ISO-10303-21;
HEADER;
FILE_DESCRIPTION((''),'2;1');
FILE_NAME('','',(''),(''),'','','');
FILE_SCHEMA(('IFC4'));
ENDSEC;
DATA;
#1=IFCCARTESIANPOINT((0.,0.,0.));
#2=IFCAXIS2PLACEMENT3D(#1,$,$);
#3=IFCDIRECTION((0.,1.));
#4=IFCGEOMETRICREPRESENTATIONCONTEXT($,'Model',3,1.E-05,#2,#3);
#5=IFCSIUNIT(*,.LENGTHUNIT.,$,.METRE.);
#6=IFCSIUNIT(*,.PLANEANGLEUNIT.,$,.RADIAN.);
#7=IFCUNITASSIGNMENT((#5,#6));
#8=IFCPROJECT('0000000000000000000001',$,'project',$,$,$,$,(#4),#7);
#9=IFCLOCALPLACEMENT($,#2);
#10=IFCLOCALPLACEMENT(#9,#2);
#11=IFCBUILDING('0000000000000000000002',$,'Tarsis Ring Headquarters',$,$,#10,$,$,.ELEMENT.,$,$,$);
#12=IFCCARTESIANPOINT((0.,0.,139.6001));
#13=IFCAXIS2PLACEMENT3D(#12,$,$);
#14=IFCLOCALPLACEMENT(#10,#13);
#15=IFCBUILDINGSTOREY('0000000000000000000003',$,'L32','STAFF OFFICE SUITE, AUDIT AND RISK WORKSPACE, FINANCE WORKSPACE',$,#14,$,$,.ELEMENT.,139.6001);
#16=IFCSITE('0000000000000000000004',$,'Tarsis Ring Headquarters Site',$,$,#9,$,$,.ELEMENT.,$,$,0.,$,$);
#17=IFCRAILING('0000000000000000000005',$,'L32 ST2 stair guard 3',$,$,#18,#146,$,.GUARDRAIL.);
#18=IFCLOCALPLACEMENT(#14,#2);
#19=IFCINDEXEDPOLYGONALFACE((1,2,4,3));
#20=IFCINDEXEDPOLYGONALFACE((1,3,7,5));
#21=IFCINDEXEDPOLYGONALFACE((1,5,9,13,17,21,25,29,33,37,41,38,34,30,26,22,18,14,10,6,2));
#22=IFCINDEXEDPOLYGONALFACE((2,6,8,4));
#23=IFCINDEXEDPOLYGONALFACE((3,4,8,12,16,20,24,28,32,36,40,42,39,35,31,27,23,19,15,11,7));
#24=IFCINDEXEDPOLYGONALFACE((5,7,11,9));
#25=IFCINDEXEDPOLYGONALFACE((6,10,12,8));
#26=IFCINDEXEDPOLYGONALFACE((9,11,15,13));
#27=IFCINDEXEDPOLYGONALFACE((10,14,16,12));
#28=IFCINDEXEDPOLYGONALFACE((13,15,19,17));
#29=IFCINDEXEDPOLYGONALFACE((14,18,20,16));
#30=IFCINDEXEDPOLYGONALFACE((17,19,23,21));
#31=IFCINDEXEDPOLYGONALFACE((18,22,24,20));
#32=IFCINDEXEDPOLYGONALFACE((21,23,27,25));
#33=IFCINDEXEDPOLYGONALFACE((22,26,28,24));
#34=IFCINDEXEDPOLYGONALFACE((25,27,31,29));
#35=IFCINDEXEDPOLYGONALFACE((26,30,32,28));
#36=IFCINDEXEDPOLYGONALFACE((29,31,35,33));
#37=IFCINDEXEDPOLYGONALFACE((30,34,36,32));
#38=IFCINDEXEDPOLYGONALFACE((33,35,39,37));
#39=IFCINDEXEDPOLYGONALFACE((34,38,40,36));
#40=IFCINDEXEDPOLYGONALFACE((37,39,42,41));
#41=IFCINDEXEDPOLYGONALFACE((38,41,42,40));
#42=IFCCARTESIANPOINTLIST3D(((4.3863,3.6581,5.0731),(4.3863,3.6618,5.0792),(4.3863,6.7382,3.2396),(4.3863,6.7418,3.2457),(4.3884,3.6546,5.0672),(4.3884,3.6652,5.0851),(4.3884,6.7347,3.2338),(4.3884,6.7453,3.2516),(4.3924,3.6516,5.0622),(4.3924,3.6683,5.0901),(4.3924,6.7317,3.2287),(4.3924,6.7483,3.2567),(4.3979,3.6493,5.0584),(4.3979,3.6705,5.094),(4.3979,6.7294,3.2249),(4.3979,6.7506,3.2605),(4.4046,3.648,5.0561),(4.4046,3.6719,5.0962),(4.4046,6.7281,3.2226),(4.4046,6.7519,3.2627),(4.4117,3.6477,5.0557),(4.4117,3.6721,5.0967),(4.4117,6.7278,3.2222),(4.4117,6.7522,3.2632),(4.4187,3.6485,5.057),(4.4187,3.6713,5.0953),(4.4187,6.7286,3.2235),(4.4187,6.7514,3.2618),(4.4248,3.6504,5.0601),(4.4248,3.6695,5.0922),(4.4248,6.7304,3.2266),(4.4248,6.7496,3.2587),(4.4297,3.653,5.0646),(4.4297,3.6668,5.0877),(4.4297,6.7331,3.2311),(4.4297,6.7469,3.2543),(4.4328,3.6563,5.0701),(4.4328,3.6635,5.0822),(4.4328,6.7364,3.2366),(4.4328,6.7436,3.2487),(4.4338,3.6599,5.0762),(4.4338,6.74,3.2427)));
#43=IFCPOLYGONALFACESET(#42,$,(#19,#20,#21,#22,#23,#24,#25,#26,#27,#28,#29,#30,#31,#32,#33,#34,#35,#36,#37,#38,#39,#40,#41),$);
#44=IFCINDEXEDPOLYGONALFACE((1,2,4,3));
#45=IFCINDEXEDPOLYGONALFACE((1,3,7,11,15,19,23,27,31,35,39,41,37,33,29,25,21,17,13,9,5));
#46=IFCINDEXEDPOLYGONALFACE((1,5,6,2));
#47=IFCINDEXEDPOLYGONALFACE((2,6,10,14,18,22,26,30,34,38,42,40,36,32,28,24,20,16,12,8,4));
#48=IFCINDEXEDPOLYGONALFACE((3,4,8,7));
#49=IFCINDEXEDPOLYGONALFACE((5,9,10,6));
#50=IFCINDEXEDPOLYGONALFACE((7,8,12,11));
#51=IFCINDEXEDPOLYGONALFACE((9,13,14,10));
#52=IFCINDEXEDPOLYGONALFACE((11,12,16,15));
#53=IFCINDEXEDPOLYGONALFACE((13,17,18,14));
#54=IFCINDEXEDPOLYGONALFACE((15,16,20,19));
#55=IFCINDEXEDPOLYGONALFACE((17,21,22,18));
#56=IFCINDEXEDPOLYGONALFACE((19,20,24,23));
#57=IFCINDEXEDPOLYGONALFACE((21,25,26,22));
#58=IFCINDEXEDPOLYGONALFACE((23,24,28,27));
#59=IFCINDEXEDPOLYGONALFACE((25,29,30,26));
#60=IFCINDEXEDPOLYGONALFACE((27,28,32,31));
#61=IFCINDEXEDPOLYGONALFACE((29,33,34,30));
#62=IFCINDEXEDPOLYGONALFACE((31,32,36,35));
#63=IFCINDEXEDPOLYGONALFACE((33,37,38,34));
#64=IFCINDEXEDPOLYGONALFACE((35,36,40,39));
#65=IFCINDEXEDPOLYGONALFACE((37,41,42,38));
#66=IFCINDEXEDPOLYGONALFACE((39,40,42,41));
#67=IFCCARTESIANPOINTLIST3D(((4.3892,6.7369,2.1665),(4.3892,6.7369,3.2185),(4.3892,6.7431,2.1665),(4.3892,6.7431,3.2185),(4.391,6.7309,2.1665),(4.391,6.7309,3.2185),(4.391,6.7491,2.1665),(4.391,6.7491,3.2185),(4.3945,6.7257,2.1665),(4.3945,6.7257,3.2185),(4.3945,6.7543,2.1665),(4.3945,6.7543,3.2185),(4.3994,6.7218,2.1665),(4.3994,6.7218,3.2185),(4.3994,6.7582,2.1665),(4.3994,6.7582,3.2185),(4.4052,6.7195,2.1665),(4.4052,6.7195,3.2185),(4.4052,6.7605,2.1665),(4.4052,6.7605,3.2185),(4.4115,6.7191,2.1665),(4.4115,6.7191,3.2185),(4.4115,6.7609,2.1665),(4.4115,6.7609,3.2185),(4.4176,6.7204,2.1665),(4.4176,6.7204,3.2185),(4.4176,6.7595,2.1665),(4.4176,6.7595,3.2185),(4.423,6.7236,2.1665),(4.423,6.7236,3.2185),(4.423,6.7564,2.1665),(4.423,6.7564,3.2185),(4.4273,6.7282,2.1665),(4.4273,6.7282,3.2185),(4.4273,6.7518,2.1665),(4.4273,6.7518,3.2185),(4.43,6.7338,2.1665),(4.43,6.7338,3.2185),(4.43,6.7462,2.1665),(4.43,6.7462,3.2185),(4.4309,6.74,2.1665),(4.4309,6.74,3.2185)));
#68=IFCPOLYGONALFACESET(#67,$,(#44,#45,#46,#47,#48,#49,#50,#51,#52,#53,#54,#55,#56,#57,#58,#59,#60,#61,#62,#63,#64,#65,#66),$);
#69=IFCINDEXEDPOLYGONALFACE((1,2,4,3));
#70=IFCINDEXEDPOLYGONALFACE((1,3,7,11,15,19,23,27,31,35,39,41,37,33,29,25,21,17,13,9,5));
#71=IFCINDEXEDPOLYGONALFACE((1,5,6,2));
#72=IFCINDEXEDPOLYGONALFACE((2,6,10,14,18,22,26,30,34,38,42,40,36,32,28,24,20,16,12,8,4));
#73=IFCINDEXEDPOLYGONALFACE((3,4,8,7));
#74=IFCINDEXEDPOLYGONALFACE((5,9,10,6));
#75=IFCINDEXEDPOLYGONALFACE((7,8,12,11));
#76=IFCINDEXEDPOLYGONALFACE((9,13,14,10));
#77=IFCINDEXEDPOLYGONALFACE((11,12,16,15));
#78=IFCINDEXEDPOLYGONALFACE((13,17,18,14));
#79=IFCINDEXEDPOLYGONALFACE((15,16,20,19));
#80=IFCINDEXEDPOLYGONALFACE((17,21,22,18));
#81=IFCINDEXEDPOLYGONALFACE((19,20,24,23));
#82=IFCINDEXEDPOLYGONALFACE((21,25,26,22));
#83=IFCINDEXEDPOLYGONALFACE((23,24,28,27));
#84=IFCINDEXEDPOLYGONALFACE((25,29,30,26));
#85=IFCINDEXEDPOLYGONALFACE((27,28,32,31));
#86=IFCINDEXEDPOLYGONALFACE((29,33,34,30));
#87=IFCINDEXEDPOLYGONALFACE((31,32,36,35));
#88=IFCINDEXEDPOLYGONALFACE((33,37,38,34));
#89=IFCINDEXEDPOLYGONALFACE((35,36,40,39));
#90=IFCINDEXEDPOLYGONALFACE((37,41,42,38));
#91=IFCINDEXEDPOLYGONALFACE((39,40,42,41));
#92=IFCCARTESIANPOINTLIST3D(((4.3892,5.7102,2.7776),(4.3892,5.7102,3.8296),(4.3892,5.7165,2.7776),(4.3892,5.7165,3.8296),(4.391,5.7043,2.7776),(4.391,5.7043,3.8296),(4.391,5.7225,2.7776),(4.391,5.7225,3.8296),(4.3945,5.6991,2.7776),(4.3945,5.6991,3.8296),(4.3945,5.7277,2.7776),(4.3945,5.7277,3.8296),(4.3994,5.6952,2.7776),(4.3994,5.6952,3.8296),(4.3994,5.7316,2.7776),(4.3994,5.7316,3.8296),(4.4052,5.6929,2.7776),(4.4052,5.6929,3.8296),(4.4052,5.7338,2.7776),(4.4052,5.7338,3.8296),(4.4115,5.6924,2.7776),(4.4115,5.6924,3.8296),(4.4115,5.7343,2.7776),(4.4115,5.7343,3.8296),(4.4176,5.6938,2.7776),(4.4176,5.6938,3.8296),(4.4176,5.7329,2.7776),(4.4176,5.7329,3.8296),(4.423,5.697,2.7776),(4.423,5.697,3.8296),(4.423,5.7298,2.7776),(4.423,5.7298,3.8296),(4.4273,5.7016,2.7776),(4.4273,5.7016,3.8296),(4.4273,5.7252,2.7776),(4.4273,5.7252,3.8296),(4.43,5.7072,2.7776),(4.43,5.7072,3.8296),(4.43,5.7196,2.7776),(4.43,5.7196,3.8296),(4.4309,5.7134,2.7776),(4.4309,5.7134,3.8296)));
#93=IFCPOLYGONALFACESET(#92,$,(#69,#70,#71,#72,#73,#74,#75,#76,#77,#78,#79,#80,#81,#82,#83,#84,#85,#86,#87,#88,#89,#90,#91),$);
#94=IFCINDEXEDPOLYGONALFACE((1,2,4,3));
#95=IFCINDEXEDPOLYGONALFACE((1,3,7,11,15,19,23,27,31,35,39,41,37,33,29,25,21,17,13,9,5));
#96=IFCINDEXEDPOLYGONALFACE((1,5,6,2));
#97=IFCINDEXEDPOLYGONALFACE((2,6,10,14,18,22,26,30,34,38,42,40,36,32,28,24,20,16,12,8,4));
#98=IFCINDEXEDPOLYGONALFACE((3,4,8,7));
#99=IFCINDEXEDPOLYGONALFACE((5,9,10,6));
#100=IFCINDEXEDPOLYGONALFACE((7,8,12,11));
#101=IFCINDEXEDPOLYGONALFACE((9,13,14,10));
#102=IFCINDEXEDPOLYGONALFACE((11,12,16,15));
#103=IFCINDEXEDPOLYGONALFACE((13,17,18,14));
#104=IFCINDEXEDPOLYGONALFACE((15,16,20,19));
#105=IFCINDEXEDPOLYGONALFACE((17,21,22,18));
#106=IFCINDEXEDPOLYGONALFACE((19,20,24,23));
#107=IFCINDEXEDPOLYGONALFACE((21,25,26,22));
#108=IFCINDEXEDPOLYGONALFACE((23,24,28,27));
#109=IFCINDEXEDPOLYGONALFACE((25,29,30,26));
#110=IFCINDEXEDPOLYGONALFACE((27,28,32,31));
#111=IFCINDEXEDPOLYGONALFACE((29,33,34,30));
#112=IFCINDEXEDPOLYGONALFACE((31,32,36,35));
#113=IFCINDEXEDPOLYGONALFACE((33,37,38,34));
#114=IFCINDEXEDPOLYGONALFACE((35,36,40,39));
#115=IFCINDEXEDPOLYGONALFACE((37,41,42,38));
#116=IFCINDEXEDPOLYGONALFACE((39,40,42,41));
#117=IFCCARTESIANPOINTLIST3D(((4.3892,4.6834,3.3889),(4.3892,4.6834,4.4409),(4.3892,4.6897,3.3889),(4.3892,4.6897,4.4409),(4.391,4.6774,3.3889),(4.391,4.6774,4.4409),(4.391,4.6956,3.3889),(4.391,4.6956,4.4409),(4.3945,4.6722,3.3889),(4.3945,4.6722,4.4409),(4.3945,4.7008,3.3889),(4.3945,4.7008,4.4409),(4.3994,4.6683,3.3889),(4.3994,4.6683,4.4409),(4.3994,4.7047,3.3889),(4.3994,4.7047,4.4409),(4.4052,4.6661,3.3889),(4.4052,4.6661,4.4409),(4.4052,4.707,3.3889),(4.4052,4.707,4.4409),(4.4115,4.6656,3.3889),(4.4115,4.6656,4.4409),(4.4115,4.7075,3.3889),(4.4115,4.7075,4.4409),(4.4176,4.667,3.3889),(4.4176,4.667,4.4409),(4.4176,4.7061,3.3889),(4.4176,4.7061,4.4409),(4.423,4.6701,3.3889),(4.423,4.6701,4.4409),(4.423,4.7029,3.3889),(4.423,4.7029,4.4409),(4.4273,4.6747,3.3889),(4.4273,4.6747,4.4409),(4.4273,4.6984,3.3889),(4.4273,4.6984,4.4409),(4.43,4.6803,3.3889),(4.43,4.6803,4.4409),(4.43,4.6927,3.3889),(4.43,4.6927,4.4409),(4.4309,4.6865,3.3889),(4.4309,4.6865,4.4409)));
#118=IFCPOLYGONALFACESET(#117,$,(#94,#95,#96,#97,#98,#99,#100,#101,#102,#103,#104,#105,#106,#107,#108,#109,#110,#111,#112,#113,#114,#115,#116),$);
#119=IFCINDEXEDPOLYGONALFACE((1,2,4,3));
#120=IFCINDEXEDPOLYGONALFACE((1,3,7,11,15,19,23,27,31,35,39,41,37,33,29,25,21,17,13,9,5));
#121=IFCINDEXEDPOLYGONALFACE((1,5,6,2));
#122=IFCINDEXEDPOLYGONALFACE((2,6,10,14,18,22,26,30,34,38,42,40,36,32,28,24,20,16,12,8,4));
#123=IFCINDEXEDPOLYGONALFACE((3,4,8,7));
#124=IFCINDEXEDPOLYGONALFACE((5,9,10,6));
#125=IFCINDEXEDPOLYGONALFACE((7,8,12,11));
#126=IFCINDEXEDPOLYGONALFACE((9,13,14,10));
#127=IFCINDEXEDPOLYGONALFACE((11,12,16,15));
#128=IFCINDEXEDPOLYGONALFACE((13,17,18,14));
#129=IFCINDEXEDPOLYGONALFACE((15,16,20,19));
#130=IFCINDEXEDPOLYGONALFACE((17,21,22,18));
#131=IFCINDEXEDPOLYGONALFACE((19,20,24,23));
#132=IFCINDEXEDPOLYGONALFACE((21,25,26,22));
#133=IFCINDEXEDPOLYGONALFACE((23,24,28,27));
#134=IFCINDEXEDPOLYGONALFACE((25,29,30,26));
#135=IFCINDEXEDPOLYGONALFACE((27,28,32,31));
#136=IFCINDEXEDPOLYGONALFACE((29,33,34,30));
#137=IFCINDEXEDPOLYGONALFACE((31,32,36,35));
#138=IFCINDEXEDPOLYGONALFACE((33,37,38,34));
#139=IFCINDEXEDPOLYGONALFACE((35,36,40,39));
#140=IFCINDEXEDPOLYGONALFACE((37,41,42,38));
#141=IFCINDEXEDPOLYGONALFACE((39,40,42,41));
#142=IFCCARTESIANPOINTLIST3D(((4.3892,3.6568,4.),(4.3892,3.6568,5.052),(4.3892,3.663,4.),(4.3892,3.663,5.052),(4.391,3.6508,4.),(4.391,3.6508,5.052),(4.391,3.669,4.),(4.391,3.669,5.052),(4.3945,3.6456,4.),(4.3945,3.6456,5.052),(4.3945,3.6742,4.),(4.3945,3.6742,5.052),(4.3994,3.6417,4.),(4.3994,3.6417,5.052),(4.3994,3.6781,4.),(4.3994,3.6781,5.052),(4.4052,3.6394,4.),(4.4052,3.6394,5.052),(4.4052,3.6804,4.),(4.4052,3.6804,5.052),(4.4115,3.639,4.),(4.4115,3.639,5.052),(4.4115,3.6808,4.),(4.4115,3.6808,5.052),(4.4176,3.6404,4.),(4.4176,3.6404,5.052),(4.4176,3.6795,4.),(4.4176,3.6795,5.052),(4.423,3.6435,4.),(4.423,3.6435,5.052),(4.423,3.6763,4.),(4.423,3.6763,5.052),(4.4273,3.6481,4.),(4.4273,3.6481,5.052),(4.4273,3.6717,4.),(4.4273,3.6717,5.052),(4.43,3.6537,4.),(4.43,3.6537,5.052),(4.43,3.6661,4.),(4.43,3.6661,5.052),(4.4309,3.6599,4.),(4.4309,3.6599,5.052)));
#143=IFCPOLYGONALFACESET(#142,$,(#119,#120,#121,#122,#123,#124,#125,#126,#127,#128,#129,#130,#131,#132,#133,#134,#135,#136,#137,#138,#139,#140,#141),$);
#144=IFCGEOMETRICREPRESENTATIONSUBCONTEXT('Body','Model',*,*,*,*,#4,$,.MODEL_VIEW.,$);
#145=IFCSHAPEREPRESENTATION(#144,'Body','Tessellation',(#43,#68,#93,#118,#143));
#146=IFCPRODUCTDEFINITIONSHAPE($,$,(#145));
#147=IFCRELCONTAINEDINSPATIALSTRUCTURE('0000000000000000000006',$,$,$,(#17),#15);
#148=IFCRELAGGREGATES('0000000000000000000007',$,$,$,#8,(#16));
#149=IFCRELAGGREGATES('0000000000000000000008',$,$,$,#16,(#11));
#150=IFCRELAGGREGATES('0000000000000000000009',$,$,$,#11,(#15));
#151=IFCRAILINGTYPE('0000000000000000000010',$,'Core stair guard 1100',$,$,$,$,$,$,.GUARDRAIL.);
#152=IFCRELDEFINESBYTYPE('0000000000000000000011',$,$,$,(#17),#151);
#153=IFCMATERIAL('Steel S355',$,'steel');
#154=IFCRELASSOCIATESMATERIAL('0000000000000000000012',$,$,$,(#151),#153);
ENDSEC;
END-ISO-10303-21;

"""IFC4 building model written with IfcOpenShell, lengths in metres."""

from ifc_helpers import new_model, si_unit, direction, frame, origin, origin_2d, place, context, subcontext, project, spatial, circle, extrude, material, type_object, element, save


model = new_model("IFC4")

# Units and contexts
model_context = context("Model", 3, precision=1e-05, world=origin(), true_north=direction((0.0, 1.0)))
body_context = subcontext(model_context, "Body", "Model", "MODEL_VIEW")
ifc_project = project(units=[si_unit("LENGTHUNIT", "METRE"), si_unit("PLANEANGLEUNIT", "RADIAN")], contexts=[model_context])

# Site, building, storey
site_placement = place(None, origin())
site = spatial("IfcSite", under=ifc_project, at=site_placement, Name="Tarsis Ring Headquarters Site", CompositionType="ELEMENT", RefElevation=0.0)
building_placement = place(site_placement, origin())
building = spatial("IfcBuilding", under=site, at=building_placement, Name="Tarsis Ring Headquarters", CompositionType="ELEMENT")
storey_placement = place(building_placement, frame((0.0, 0.0, 139.6001)))
storey = spatial("IfcBuildingStorey", under=building, at=storey_placement, Name="L32", Description="STAFF OFFICE SUITE, AUDIT AND RISK WORKSPACE, FINANCE WORKSPACE", CompositionType="ELEMENT", Elevation=139.6001)

# Shared definitions
ifc_material_1 = material(Name="Steel S355", Category="steel")

# Railing
railing_type_1 = type_object("IfcRailingType", Name="Core stair guard 1100", PredefinedType="GUARDRAIL", material=ifc_material_1)
railing_1_placement = place(storey_placement, frame((4.4099, 6.74, 2.1665)))
element("IfcRailing", 1, at=railing_1_placement, inside=storey, type_object=railing_type_1, Name="L32 ST2 stair guard 3", PredefinedType="GUARDRAIL", context=body_context, shape_type="SweptSolid", body=[
    extrude(circle(Radius=0.0239, at=origin_2d()), frame((0.0, 0.0, 1.0762), z_axis=(0.0, -0.859279, 0.511508), x_axis=(1.0, 0.0, 0.0)), (0.0, 0.0, 1.0), 3.5845),
    extrude(circle(Radius=0.021, at=origin_2d()), origin(), (0.0, 0.0, 1.0), 1.052),
    extrude(circle(Radius=0.021, at=origin_2d()), frame((0.0, -1.0266, 0.6111)), (0.0, 0.0, 1.0), 1.052),
    extrude(circle(Radius=0.021, at=origin_2d()), frame((0.0, -2.0535, 1.2224)), (0.0, 0.0, 1.0), 1.052),
    extrude(circle(Radius=0.021, at=origin_2d()), frame((0.0, -3.0801, 1.8335)), (0.0, 0.0, 1.0), 1.052),
])

save(model, "model.ifc")
